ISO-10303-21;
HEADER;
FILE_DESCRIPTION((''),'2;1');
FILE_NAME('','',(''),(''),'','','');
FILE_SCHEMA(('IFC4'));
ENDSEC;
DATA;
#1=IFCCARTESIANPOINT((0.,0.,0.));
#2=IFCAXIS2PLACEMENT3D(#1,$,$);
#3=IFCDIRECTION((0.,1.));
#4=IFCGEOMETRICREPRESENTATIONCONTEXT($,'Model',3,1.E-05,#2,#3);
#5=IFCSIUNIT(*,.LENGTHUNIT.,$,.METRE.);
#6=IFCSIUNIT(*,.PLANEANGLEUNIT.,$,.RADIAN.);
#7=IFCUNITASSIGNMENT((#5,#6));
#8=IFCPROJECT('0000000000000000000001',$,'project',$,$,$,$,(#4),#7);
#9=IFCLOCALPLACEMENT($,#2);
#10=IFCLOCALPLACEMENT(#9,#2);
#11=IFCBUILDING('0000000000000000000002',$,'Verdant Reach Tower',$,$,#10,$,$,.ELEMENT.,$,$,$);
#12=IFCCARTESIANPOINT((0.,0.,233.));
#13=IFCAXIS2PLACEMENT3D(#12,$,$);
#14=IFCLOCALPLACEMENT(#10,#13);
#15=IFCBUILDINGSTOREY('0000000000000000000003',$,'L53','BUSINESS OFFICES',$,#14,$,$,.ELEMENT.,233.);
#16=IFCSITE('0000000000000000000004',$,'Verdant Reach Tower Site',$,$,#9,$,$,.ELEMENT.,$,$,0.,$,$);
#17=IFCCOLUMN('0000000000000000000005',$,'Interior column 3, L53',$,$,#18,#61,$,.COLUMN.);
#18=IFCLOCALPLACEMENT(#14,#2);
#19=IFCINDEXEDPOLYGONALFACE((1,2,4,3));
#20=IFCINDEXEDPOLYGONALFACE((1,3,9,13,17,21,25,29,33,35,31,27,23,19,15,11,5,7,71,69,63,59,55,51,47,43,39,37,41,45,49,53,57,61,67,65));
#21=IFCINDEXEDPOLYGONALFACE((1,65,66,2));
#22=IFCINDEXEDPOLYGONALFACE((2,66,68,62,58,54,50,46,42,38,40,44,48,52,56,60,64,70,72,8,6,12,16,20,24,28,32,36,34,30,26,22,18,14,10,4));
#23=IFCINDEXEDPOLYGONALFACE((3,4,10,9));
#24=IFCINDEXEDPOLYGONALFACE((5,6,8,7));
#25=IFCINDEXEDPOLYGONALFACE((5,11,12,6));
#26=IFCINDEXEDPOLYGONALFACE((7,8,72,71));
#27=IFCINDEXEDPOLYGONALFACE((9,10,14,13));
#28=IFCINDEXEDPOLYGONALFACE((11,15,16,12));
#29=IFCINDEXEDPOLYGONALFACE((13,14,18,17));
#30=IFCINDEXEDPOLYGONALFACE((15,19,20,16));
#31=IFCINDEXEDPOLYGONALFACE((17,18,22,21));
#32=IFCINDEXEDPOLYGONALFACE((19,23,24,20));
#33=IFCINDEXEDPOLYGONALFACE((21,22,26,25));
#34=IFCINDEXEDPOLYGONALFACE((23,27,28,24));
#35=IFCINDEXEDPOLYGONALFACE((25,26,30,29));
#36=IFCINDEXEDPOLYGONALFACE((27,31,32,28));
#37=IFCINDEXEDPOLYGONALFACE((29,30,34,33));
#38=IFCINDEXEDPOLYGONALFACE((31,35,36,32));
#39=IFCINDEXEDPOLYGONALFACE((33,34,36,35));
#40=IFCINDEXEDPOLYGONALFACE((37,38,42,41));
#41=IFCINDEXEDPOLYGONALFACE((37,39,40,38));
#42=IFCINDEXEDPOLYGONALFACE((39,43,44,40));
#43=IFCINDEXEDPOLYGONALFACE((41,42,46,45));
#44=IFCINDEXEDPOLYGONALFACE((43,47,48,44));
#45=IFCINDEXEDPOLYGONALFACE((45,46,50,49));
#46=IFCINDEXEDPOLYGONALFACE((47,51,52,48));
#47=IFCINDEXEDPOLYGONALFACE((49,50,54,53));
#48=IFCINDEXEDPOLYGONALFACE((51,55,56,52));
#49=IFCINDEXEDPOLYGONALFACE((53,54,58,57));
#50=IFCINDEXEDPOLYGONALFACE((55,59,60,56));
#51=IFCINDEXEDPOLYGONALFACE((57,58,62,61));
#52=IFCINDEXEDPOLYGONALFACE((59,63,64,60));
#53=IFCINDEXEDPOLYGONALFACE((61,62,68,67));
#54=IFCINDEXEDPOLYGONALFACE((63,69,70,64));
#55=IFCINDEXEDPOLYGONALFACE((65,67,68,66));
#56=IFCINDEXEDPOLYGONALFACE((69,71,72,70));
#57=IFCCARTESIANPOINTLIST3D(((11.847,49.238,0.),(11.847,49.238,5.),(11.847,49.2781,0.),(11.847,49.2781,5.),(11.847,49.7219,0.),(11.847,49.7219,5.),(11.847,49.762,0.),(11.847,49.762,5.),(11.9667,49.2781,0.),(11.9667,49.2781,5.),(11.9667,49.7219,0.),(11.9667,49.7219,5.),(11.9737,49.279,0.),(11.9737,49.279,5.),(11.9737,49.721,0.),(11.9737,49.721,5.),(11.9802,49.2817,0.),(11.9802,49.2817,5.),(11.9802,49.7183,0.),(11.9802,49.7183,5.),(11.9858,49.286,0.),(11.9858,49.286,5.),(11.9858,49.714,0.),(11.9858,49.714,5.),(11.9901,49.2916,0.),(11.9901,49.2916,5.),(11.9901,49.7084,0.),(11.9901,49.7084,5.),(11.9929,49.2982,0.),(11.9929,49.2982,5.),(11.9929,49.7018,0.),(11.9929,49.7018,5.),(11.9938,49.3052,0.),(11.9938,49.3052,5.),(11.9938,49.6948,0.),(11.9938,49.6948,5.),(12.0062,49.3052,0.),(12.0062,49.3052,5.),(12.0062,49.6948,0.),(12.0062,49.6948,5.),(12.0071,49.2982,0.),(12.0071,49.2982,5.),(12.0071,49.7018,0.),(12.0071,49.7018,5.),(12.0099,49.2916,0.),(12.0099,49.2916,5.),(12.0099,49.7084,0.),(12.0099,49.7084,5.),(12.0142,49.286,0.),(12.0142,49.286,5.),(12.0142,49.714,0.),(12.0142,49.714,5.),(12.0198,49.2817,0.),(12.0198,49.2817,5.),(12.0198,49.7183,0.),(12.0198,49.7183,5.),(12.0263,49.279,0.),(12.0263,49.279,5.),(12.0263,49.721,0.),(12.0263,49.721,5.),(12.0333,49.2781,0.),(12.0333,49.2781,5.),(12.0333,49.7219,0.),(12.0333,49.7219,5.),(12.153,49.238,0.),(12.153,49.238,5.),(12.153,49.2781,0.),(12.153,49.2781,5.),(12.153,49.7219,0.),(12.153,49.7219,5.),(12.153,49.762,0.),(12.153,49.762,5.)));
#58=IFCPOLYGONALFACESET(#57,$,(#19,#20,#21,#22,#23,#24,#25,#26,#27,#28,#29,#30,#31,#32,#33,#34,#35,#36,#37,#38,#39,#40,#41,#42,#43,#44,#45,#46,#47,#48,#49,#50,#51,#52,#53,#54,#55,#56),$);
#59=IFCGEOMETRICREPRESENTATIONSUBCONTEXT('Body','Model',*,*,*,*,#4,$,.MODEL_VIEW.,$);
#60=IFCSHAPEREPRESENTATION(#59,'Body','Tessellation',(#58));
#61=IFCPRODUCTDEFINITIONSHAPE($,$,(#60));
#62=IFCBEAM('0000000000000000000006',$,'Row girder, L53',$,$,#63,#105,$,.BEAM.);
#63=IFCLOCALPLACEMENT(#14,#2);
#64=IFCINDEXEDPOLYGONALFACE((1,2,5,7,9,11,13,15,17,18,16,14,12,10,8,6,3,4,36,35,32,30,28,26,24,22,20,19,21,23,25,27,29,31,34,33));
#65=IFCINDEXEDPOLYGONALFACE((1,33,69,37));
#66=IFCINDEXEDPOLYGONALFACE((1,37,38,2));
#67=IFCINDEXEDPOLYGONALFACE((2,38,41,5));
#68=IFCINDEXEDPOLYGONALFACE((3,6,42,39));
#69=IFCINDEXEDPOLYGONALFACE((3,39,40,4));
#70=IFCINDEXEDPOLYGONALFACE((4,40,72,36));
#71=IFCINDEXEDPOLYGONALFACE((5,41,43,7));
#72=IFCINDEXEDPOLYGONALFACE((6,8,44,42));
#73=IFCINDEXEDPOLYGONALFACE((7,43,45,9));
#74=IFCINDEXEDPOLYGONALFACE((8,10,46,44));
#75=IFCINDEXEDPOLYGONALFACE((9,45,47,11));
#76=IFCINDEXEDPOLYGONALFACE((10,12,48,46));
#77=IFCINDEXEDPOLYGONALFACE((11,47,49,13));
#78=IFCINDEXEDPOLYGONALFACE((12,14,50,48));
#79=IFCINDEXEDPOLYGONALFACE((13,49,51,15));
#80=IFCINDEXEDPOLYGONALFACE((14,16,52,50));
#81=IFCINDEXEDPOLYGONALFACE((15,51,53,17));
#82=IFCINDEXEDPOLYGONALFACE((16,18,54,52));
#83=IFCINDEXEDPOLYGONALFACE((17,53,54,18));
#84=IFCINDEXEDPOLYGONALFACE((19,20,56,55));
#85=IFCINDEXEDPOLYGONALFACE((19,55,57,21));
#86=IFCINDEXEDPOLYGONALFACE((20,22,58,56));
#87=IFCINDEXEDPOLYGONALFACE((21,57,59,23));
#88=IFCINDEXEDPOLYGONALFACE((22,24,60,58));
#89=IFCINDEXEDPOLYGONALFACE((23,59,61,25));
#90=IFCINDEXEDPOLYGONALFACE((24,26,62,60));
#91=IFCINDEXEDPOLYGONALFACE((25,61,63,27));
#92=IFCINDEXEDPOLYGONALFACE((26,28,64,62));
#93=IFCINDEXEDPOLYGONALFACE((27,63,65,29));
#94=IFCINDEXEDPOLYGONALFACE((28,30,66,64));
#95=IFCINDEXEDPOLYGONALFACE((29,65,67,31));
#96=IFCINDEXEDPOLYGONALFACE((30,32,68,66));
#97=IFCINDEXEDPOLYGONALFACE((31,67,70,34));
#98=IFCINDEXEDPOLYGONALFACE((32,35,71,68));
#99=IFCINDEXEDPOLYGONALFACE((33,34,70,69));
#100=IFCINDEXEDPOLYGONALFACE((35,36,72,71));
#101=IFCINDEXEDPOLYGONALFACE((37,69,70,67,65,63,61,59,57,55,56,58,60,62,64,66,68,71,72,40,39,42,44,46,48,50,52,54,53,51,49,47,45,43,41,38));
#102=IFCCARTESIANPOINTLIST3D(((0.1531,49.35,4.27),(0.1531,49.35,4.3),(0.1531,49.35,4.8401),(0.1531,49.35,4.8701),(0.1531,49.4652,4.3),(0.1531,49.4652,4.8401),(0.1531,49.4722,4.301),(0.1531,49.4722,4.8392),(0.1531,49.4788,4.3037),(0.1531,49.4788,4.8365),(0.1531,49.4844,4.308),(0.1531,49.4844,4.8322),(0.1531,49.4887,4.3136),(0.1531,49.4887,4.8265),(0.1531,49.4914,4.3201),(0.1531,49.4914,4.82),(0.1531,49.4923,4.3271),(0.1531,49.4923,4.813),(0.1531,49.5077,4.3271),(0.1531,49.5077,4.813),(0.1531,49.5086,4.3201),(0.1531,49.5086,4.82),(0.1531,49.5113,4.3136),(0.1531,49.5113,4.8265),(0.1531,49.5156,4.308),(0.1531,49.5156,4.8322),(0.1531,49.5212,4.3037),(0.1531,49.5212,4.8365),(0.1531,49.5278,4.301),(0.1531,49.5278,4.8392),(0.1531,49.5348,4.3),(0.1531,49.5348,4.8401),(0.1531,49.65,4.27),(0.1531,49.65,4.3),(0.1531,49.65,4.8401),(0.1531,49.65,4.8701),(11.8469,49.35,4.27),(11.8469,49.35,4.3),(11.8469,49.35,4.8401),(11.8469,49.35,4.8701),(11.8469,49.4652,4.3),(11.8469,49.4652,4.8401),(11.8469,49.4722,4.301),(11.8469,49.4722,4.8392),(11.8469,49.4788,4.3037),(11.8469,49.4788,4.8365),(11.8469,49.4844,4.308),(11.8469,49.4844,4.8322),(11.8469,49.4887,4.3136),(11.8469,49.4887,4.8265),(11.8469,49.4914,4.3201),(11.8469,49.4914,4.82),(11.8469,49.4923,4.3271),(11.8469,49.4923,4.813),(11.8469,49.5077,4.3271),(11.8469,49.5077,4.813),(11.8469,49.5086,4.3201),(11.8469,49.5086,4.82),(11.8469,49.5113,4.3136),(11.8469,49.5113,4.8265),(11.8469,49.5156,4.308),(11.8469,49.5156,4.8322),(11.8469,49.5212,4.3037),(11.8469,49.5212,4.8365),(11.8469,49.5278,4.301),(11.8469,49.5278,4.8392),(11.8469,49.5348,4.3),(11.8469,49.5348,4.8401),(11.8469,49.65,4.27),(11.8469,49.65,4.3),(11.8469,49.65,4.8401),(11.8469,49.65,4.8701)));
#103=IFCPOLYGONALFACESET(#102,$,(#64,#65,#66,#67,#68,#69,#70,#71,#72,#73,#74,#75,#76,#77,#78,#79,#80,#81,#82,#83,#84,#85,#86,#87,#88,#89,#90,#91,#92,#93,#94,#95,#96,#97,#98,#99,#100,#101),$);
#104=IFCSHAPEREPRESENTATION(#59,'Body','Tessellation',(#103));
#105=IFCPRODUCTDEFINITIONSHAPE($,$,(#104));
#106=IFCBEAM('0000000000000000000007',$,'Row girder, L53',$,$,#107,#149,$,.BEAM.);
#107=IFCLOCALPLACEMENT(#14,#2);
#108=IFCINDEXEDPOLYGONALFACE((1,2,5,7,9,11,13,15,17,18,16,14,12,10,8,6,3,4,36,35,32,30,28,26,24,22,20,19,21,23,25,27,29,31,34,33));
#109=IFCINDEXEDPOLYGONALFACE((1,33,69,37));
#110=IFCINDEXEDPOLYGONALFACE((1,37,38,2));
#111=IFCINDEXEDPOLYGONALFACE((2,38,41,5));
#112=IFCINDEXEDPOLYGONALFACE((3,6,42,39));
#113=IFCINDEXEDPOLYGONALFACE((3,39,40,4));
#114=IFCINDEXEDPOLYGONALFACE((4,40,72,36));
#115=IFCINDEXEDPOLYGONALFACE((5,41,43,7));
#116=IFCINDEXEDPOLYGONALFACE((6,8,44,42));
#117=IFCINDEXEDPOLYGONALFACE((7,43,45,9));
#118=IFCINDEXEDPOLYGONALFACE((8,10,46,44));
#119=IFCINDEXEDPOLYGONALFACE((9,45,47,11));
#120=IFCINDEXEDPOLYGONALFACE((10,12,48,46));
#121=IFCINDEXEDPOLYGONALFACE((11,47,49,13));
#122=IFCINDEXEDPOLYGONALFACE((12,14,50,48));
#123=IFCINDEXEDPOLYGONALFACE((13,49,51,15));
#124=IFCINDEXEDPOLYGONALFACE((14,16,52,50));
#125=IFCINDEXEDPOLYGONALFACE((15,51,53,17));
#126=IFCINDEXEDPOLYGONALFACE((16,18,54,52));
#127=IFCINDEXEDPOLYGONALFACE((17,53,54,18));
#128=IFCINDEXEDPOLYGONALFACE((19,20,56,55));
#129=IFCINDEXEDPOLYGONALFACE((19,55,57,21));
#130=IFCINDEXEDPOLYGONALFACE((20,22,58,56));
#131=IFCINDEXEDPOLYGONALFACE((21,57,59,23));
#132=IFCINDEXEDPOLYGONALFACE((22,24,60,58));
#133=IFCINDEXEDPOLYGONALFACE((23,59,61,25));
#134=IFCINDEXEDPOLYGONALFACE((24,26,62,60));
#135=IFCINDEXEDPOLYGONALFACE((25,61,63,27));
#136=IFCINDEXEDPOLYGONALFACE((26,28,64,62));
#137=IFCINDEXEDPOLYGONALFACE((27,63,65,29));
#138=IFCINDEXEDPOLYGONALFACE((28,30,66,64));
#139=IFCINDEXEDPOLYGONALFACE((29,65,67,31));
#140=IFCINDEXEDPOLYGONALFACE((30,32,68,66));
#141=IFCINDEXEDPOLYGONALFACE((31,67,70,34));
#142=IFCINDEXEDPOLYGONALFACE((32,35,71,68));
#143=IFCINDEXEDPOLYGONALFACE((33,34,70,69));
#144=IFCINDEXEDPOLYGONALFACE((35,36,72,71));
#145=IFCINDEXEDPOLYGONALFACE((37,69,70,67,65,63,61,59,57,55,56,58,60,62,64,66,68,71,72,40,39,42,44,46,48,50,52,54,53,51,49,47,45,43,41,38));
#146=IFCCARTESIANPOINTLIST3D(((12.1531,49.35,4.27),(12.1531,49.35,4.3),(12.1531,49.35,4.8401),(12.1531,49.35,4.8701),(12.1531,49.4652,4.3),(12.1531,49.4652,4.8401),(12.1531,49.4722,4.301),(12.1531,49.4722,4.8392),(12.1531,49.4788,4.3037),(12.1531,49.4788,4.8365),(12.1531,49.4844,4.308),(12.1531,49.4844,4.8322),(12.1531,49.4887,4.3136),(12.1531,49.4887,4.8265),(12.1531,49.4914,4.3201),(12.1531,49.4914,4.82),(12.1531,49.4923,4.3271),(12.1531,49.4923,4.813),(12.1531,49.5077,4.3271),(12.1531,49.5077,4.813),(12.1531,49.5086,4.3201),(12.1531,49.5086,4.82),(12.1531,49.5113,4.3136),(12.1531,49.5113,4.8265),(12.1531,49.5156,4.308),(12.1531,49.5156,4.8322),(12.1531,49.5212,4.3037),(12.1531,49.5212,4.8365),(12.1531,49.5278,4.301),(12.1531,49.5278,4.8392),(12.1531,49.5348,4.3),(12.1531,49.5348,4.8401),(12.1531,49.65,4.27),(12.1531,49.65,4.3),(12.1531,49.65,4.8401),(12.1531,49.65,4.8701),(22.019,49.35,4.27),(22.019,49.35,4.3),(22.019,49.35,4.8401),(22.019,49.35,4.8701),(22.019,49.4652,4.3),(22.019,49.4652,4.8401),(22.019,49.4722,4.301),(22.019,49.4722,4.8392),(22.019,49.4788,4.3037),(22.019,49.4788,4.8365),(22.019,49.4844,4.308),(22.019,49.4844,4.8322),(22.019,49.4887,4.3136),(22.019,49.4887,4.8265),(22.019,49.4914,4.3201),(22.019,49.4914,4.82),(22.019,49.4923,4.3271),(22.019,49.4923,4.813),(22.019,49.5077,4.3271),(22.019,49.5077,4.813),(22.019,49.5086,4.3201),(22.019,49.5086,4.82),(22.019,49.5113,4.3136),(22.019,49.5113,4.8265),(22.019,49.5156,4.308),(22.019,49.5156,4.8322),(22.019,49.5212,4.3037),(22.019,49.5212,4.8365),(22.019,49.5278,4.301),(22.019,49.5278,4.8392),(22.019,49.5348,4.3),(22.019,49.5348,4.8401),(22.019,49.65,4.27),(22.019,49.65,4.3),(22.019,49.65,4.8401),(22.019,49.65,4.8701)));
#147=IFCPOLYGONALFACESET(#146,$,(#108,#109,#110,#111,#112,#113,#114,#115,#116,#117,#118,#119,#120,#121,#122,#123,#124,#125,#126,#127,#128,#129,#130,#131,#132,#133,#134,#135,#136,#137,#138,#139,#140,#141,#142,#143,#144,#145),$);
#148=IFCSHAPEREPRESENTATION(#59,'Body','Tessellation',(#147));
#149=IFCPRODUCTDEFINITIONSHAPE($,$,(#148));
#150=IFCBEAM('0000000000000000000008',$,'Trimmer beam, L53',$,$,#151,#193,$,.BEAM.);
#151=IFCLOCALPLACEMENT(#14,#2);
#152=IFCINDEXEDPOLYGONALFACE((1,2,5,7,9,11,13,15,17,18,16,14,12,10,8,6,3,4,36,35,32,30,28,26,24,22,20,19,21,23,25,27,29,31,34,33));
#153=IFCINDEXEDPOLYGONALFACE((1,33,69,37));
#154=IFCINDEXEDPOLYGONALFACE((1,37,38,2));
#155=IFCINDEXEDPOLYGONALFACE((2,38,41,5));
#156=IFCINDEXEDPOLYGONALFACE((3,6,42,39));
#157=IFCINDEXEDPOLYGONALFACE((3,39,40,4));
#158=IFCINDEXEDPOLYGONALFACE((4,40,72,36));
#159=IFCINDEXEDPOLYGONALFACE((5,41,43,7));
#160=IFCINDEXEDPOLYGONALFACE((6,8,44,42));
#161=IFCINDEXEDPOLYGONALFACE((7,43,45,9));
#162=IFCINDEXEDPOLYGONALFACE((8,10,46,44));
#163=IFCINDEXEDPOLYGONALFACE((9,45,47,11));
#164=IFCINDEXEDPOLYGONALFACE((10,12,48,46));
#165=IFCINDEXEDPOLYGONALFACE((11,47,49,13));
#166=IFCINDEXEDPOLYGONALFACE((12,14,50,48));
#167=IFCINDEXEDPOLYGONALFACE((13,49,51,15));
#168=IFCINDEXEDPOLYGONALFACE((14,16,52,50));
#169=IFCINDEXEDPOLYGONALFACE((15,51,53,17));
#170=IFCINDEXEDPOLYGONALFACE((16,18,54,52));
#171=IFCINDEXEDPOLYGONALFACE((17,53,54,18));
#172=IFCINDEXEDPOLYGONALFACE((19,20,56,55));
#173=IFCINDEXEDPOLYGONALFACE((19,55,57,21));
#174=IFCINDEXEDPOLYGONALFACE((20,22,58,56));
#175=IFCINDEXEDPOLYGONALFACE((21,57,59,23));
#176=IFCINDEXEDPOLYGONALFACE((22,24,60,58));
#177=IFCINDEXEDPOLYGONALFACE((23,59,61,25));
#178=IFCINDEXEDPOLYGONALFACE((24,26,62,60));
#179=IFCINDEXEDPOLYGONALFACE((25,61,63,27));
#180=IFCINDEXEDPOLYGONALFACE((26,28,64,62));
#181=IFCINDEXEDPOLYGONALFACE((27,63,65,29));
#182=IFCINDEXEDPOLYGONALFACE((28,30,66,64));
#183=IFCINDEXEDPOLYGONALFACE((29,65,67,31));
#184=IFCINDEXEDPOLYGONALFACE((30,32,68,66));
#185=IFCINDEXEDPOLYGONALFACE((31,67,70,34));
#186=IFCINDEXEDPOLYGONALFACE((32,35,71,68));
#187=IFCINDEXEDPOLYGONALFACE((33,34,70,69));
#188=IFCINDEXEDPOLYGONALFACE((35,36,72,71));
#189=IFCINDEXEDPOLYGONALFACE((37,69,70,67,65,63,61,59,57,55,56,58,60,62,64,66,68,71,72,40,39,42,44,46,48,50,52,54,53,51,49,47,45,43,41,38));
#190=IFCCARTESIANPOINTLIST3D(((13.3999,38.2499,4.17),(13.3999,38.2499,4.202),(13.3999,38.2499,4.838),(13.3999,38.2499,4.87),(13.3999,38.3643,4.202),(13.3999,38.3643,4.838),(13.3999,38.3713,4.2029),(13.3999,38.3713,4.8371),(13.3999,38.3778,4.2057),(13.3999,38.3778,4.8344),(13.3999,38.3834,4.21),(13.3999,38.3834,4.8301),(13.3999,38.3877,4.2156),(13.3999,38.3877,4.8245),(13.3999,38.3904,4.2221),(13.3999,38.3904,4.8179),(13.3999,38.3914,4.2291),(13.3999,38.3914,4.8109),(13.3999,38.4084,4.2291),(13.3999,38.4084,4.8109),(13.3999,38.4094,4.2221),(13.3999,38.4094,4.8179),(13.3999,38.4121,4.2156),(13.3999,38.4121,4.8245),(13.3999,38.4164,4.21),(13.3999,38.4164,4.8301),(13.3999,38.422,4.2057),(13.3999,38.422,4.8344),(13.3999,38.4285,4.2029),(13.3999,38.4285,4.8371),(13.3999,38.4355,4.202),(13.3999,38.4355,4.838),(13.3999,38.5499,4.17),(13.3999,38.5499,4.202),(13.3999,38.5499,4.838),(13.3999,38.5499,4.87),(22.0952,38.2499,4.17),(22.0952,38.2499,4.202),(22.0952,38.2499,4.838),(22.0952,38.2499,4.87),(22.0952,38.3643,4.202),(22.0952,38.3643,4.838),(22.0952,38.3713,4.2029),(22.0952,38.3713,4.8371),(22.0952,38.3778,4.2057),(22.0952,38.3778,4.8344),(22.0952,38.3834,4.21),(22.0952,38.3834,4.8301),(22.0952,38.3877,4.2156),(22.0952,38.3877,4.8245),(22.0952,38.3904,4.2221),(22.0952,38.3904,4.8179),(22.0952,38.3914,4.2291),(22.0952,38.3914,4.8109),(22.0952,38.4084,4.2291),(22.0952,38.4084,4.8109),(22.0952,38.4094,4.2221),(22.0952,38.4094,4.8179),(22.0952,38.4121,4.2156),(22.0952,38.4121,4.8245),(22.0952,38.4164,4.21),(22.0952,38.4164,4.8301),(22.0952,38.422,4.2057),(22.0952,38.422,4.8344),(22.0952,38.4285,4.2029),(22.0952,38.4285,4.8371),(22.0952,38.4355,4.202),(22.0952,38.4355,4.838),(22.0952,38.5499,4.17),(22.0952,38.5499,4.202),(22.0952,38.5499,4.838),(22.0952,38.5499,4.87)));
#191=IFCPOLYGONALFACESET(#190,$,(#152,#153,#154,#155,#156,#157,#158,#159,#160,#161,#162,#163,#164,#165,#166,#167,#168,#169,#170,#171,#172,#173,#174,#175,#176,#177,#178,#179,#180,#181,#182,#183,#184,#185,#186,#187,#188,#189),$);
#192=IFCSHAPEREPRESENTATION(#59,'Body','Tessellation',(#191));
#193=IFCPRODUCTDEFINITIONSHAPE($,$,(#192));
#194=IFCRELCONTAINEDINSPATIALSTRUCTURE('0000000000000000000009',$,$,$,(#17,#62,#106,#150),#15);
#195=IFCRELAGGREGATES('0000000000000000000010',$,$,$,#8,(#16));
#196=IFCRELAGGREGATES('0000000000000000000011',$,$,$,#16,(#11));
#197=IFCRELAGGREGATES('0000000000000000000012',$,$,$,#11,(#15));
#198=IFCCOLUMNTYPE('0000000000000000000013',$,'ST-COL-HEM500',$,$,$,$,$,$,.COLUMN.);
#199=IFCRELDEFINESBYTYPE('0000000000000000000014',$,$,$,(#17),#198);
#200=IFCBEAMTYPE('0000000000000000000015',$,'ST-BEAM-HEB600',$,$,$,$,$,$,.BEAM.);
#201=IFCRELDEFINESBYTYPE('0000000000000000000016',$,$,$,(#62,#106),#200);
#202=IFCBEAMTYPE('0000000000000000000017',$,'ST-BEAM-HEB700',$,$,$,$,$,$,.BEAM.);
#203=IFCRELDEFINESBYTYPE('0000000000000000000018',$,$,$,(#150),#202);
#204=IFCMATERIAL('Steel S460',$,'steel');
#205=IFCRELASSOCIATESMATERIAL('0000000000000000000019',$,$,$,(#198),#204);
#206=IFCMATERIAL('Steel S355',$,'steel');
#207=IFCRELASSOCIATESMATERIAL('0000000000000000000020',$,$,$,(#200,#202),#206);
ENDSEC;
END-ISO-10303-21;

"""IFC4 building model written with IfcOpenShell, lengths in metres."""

from ifc_helpers import new_model, si_unit, direction, frame, origin, origin_2d, place, context, subcontext, project, spatial, i_section, extrude, material, material_profile, profile_set, type_object, element, save


model = new_model("IFC4")

# Units and contexts
model_context = context("Model", 3, precision=1e-05, world=origin(), true_north=direction((0.0, 1.0)))
body_context = subcontext(model_context, "Body", "Model", "MODEL_VIEW")
ifc_project = project(units=[si_unit("LENGTHUNIT", "METRE"), si_unit("PLANEANGLEUNIT", "RADIAN")], contexts=[model_context])

# Site, building, storey
site_placement = place(None, origin())
site = spatial("IfcSite", under=ifc_project, at=site_placement, Name="Verdant Reach Tower Site", CompositionType="ELEMENT", RefElevation=0.0)
building_placement = place(site_placement, origin())
building = spatial("IfcBuilding", under=site, at=building_placement, Name="Verdant Reach Tower", CompositionType="ELEMENT")
storey_placement = place(building_placement, frame((0.0, 0.0, 233.0)))
storey = spatial("IfcBuildingStorey", under=building, at=storey_placement, Name="L53", Description="BUSINESS OFFICES", CompositionType="ELEMENT", Elevation=233.0)

# Column
ifc_material_1 = material(Name="Steel S460", Category="steel")
ifc_material_profile_1 = material_profile(ifc_material_1, i_section(OverallWidth=0.3059, OverallDepth=0.5239, WebThickness=0.0125, FlangeThickness=0.04, FilletRadius=0.0271, at=origin_2d()), Name="HEM 500")
ifc_profile_set_1 = profile_set([ifc_material_profile_1], Name="Steel S460")
column_type = type_object("IfcColumnType", Name="ST-COL-HEM500", PredefinedType="COLUMN", material=ifc_profile_set_1)
column_placement = place(storey_placement, frame((12.0, 49.5, 0.0), z_axis=(0.0, 0.0, 1.0), x_axis=(1.0, 0.0, 0.0)))
element("IfcColumn", 1, at=column_placement, inside=storey, type_object=column_type, Name="Interior column 3, L53", PredefinedType="COLUMN", context=body_context, shape_type="SweptSolid", body=[
    extrude(i_section(OverallWidth=0.3059, OverallDepth=0.5239, WebThickness=0.0125, FlangeThickness=0.04, FilletRadius=0.0271, at=origin_2d()), origin(), (0.0, 0.0, 1.0), 5.0),
])

# Beams
ifc_material_2 = material(Name="Steel S355", Category="steel")
ifc_material_profile_2 = material_profile(ifc_material_2, i_section(OverallWidth=0.3, OverallDepth=0.6001, WebThickness=0.0154, FlangeThickness=0.03, FilletRadius=0.0271, at=origin_2d()), Name="HEB 600")
ifc_profile_set_2 = profile_set([ifc_material_profile_2], Name="Steel S355")
beam_type_1 = type_object("IfcBeamType", Name="ST-BEAM-HEB600", PredefinedType="BEAM", material=ifc_profile_set_2)
beam_1_placement = place(storey_placement, frame((0.1531, 49.5, 4.5701), z_axis=(1.0, 0.0, 0.0), x_axis=(0.0, 1.0, 0.0)))
element("IfcBeam", 2, at=beam_1_placement, inside=storey, type_object=beam_type_1, Name="Row girder, L53", PredefinedType="BEAM", context=body_context, shape_type="SweptSolid", body=[
    extrude(i_section(OverallWidth=0.3, OverallDepth=0.6001, WebThickness=0.0154, FlangeThickness=0.03, FilletRadius=0.0271, at=origin_2d()), origin(), (0.0, 0.0, 1.0), 11.6938),
])
beam_2_placement = place(storey_placement, frame((12.1531, 49.5, 4.5701), z_axis=(1.0, 0.0, 0.0), x_axis=(0.0, 1.0, 0.0)))
element("IfcBeam", 3, at=beam_2_placement, inside=storey, type_object=beam_type_1, Name="Row girder, L53", PredefinedType="BEAM", context=body_context, shape_type="SweptSolid", body=[
    extrude(i_section(OverallWidth=0.3, OverallDepth=0.6001, WebThickness=0.0154, FlangeThickness=0.03, FilletRadius=0.0271, at=origin_2d()), origin(), (0.0, 0.0, 1.0), 9.866),
])
ifc_material_profile_3 = material_profile(ifc_material_2, i_section(OverallWidth=0.3, OverallDepth=0.7, WebThickness=0.0171, FlangeThickness=0.032, FilletRadius=0.0271, at=origin_2d()), Name="HEB 700")
ifc_profile_set_3 = profile_set([ifc_material_profile_3], Name="Steel S355")
beam_type_2 = type_object("IfcBeamType", Name="ST-BEAM-HEB700", PredefinedType="BEAM", material=ifc_profile_set_3)
beam_3_placement = place(storey_placement, frame((13.3999, 38.3999, 4.52), z_axis=(1.0, 0.0, 0.0), x_axis=(0.0, 1.0, 0.0)))
element("IfcBeam", 4, at=beam_3_placement, inside=storey, type_object=beam_type_2, Name="Trimmer beam, L53", PredefinedType="BEAM", context=body_context, shape_type="SweptSolid", body=[
    extrude(i_section(OverallWidth=0.3, OverallDepth=0.7, WebThickness=0.0171, FlangeThickness=0.032, FilletRadius=0.0271, at=origin_2d()), origin(), (0.0, 0.0, 1.0), 8.6953),
])

save(model, "model.ifc")
